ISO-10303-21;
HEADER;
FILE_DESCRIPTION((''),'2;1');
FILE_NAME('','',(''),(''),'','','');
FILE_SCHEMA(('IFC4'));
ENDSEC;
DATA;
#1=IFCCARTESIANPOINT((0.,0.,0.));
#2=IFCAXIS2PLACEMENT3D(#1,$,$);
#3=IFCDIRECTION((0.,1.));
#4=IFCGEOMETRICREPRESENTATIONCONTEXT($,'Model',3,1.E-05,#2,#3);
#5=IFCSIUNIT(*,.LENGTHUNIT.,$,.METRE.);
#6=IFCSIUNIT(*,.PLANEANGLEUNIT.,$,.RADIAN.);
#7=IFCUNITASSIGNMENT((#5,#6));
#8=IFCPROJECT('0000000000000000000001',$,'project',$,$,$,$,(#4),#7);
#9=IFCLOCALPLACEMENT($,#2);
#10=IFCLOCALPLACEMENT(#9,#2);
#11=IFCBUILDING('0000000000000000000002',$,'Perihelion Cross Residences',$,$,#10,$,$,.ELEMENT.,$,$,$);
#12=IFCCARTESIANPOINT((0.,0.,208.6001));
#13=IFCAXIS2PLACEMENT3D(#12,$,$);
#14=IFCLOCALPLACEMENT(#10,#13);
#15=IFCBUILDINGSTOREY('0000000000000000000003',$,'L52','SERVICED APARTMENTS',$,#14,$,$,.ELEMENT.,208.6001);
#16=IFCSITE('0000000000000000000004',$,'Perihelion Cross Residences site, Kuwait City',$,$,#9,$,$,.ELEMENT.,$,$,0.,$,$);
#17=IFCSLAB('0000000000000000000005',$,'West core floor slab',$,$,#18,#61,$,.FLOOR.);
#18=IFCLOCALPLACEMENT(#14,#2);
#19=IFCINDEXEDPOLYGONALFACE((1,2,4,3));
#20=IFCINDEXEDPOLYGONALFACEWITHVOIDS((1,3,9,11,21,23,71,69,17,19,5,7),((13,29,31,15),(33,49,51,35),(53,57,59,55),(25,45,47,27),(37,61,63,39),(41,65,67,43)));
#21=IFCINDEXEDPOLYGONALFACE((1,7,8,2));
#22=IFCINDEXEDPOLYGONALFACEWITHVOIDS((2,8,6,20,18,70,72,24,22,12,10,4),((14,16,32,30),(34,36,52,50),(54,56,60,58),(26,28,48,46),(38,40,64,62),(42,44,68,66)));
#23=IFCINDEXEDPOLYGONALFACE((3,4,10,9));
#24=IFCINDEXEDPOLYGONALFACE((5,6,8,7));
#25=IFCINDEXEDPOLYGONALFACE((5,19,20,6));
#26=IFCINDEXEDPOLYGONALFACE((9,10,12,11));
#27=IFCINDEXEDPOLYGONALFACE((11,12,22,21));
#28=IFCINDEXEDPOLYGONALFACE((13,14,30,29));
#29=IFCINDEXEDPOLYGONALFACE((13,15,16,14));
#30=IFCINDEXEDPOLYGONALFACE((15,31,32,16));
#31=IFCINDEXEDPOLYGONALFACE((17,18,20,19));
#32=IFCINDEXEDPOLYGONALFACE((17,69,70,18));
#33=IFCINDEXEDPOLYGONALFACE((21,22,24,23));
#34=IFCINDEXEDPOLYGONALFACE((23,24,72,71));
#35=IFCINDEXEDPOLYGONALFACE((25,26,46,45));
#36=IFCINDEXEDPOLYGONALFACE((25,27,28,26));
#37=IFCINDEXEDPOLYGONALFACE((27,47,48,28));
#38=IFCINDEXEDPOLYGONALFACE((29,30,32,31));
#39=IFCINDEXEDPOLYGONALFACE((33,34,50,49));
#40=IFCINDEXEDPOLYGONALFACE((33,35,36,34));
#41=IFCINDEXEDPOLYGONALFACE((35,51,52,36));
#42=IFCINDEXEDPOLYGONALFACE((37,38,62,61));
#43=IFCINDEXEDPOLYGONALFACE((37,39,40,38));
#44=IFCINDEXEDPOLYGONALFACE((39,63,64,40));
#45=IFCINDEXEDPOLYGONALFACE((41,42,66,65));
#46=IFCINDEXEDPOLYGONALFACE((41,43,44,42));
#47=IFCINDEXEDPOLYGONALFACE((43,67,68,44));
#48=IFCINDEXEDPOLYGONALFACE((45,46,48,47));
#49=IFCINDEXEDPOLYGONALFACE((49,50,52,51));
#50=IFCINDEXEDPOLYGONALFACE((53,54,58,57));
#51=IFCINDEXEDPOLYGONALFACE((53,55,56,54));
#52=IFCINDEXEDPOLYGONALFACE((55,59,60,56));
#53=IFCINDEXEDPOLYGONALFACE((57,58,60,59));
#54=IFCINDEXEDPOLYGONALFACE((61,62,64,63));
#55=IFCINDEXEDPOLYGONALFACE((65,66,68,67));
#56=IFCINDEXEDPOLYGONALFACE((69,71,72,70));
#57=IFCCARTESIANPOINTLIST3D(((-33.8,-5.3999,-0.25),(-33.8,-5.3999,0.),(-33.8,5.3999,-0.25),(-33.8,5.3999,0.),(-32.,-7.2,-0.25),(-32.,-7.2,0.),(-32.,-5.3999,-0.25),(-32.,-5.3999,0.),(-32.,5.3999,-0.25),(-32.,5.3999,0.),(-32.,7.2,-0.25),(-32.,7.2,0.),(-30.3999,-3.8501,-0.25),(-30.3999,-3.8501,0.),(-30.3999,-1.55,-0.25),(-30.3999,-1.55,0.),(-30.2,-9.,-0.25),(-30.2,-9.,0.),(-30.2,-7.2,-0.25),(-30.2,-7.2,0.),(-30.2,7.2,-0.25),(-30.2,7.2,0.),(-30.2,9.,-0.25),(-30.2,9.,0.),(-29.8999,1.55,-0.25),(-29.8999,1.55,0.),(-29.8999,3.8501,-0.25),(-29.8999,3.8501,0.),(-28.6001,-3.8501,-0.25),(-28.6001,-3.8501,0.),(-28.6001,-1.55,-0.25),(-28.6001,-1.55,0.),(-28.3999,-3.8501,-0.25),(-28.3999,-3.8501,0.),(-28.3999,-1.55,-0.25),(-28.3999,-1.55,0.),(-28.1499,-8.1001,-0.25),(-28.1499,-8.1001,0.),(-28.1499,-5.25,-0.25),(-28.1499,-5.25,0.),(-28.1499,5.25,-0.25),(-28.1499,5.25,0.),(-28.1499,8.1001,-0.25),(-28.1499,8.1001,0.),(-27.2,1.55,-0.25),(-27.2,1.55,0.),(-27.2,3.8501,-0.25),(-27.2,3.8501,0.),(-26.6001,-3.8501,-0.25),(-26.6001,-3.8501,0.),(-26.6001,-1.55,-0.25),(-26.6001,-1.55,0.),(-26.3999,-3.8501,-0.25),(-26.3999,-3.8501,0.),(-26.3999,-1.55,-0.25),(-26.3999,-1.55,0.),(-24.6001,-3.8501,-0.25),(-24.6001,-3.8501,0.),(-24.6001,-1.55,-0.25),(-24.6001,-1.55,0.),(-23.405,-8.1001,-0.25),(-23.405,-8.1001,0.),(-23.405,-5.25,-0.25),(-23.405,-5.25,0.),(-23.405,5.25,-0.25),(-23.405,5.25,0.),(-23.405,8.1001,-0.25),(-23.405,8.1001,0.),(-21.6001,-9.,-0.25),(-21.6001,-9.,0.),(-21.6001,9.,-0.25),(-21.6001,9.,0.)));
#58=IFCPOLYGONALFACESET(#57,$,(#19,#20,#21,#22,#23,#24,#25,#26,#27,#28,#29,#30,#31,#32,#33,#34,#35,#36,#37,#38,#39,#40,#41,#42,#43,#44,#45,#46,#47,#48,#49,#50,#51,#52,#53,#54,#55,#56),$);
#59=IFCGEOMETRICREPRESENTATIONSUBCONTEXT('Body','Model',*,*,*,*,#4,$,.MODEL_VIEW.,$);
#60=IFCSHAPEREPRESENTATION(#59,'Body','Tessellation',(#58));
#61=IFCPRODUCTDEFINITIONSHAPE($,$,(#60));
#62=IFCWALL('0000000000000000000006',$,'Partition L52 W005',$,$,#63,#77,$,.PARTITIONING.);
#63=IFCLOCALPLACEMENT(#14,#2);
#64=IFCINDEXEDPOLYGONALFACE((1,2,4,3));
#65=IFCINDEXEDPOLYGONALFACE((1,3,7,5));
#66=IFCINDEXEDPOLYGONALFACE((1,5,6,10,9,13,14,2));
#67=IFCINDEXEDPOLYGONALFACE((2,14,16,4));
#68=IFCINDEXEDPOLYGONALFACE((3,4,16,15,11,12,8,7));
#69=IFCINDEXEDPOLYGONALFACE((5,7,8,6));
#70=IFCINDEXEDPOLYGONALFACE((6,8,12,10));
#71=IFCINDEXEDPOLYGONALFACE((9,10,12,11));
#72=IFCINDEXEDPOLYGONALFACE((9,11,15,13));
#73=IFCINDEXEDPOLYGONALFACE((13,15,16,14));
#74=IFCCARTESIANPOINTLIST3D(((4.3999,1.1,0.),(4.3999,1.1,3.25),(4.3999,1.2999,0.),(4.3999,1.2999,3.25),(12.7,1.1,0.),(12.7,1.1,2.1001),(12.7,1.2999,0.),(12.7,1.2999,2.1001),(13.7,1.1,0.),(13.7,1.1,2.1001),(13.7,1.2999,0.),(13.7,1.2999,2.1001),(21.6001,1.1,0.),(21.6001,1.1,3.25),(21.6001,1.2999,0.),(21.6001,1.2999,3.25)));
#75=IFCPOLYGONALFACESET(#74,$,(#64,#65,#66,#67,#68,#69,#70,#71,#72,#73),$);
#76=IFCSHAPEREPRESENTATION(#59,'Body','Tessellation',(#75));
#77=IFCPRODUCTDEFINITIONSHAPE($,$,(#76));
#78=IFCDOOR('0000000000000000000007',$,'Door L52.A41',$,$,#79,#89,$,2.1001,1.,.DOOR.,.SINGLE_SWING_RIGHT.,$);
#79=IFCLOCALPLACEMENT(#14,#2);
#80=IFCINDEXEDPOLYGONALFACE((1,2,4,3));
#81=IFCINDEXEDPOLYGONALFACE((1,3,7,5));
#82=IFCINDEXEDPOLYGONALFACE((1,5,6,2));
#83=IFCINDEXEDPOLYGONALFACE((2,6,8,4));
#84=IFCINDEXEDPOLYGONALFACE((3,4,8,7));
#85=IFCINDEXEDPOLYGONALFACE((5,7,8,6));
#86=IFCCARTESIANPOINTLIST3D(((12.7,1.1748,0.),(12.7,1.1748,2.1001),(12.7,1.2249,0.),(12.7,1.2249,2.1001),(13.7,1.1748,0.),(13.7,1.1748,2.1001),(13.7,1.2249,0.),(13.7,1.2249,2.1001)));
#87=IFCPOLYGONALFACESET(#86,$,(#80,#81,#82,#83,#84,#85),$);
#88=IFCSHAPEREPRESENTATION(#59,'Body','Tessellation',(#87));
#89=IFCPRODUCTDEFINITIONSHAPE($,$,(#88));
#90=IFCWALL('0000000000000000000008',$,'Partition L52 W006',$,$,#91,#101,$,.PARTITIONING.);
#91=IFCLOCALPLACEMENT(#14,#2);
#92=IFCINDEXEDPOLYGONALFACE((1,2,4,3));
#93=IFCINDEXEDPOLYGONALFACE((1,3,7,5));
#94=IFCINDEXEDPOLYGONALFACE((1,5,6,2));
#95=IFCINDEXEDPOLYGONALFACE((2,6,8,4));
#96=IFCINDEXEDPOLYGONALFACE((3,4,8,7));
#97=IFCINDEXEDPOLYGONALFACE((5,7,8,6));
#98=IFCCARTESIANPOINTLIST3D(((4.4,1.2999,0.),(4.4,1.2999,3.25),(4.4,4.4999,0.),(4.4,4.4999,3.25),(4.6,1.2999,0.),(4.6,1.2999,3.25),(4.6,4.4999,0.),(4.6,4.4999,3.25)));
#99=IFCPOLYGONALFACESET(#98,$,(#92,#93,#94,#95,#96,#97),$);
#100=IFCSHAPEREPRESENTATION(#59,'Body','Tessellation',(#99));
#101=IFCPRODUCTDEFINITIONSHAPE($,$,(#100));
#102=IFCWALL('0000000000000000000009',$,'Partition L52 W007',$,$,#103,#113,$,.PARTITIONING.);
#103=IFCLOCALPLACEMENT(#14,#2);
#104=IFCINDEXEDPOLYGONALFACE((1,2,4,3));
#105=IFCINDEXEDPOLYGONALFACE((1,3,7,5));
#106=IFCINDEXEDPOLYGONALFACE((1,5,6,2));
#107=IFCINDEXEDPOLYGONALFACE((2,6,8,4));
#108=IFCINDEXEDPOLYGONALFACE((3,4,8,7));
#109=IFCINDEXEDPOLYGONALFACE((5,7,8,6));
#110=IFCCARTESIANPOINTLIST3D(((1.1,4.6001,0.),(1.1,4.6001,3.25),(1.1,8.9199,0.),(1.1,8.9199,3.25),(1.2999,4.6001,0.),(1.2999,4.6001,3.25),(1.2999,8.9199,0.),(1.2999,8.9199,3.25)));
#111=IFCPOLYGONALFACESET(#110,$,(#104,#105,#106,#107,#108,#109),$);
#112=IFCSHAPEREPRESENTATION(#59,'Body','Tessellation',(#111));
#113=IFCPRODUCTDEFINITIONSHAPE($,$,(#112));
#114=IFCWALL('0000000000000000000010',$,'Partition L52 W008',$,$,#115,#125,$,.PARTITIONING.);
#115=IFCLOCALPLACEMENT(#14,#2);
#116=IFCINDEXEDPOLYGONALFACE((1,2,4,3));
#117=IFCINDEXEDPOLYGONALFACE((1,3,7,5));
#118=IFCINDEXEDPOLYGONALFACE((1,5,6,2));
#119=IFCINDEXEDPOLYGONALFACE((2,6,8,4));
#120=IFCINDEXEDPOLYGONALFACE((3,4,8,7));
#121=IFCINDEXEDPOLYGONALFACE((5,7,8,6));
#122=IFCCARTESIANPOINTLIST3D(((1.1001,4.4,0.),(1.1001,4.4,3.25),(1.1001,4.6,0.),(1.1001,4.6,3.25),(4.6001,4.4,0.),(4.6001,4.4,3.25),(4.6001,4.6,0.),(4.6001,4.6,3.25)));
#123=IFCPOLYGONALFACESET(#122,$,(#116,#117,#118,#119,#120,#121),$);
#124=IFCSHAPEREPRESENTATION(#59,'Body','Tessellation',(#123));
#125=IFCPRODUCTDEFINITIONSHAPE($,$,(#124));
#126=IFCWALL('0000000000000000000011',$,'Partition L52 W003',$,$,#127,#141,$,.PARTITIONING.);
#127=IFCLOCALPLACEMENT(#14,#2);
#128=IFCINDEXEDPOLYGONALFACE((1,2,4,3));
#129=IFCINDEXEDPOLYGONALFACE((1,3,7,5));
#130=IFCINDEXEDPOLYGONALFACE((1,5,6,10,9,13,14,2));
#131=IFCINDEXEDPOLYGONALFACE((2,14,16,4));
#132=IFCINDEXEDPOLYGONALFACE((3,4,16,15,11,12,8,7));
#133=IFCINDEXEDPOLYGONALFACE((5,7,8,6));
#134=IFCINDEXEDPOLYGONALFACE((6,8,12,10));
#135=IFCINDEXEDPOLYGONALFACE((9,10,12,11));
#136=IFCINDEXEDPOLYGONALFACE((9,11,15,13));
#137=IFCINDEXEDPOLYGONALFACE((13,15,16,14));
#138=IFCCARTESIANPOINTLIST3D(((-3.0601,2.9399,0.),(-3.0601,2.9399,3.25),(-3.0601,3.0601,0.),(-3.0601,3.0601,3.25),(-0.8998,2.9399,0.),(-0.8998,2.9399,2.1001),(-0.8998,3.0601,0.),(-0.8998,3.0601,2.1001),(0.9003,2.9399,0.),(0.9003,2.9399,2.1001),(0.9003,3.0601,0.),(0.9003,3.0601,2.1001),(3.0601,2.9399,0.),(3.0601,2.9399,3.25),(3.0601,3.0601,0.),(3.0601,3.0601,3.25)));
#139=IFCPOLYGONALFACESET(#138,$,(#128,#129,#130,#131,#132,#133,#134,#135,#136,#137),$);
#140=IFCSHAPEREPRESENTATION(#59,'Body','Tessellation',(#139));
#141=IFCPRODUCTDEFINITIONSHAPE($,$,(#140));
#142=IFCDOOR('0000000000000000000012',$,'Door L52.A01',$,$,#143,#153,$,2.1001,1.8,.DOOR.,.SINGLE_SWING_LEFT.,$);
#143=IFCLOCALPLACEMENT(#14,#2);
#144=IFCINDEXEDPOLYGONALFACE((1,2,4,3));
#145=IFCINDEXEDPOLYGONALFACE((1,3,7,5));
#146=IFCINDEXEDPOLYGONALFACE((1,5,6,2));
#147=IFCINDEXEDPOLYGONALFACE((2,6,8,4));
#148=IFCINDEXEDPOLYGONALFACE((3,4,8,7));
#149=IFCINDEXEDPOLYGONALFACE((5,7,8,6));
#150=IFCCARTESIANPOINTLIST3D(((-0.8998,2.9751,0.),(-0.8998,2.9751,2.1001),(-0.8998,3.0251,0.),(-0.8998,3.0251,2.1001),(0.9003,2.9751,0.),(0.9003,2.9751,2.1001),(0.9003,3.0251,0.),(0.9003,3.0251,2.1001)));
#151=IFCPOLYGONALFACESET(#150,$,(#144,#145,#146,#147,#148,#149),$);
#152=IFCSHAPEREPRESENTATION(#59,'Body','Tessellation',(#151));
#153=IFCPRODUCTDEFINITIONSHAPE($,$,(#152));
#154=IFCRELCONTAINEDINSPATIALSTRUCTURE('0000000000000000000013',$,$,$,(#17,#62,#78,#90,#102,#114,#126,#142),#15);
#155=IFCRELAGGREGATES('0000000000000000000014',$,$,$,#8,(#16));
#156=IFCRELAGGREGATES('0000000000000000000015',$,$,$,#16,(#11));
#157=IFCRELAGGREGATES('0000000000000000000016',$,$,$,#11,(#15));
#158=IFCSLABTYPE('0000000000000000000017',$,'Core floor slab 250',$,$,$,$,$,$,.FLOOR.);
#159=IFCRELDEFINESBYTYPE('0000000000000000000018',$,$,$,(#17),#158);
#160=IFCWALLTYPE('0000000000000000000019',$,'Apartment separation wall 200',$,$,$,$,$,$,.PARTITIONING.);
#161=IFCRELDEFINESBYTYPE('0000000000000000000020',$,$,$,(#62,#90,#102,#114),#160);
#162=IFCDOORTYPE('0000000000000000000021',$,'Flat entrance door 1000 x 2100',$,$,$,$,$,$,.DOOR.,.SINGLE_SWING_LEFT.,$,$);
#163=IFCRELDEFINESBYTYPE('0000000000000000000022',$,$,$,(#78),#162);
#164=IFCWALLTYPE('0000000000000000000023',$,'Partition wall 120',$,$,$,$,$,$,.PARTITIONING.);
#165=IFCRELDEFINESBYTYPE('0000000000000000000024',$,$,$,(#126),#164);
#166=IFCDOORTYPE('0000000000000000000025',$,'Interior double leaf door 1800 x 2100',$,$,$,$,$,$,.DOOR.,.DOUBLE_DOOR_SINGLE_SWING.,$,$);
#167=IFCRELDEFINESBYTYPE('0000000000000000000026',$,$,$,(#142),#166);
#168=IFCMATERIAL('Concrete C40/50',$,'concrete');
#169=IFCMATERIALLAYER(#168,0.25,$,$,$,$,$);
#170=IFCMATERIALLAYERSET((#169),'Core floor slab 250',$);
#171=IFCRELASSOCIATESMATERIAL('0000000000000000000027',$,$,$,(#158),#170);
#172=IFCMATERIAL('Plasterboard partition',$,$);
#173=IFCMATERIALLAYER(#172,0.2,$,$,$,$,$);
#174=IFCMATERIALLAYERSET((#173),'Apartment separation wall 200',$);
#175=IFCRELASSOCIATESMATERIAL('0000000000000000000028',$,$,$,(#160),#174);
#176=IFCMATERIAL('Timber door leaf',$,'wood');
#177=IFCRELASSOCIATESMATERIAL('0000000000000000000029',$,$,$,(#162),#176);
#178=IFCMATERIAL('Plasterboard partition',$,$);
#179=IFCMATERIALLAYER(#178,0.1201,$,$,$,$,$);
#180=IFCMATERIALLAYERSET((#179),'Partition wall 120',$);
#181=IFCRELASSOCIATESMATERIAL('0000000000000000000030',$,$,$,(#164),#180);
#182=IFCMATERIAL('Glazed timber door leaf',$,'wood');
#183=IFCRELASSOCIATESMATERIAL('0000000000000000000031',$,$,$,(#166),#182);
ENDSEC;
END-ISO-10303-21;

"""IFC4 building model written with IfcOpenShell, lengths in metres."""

from ifc_helpers import new_model, si_unit, direction, frame, frame_2d, origin, place, context, subcontext, project, spatial, polyline, rectangle, outline, extrude, material, layer, layer_set, type_object, element, fill, save


model = new_model("IFC4")

# Units and contexts
model_context = context("Model", 3, precision=1e-05, world=origin(), true_north=direction((0.0, 1.0)))
body_context = subcontext(model_context, "Body", "Model", "MODEL_VIEW")
ifc_project = project(units=[si_unit("LENGTHUNIT", "METRE"), si_unit("PLANEANGLEUNIT", "RADIAN")], contexts=[model_context])

# Site, building, storey
site_placement = place(None, origin())
site = spatial("IfcSite", under=ifc_project, at=site_placement, Name="Perihelion Cross Residences site, Kuwait City", CompositionType="ELEMENT", RefElevation=0.0)
building_placement = place(site_placement, origin())
building = spatial("IfcBuilding", under=site, at=building_placement, Name="Perihelion Cross Residences", CompositionType="ELEMENT")
storey_placement = place(building_placement, frame((0.0, 0.0, 208.6001)))
storey = spatial("IfcBuildingStorey", under=building, at=storey_placement, Name="L52", Description="SERVICED APARTMENTS", CompositionType="ELEMENT", Elevation=208.6001)

# Slab
ifc_material_1 = material(Name="Concrete C40/50", Category="concrete")
ifc_layer_1 = layer(ifc_material_1, 0.25)
ifc_layer_set_1 = layer_set([ifc_layer_1], Name="Core floor slab 250")
slab_type = type_object("IfcSlabType", Name="Core floor slab 250", PredefinedType="FLOOR", material=ifc_layer_set_1)
slab_1_placement = place(storey_placement, frame((0.0, 0.0, -0.25)))
element("IfcSlab", 1, at=slab_1_placement, inside=storey, type_object=slab_type, Name="West core floor slab", PredefinedType="FLOOR", context=body_context, shape_type="SweptSolid", body=[
    extrude(outline(polyline([(-30.2, 7.2), (-32.0, 7.2), (-32.0, 5.3999), (-33.8, 5.3999), (-33.8, -5.3999), (-32.0, -5.3999), (-32.0, -7.2), (-30.2, -7.2), (-30.2, -9.0), (-21.6001, -9.0), (-21.6001, 9.0), (-30.2, 9.0), (-30.2, 7.2)]), holes=[polyline([(-28.1499, -8.1001), (-28.1499, -5.25), (-23.405, -5.25), (-23.405, -8.1001), (-28.1499, -8.1001)]), polyline([(-24.6001, -1.55), (-24.6001, -3.8501), (-26.3999, -3.8501), (-26.3999, -1.55), (-24.6001, -1.55)]), polyline([(-26.6001, -1.55), (-26.6001, -3.8501), (-28.3999, -3.8501), (-28.3999, -1.55), (-26.6001, -1.55)]), polyline([(-28.6001, -3.8501), (-30.3999, -3.8501), (-30.3999, -1.55), (-28.6001, -1.55), (-28.6001, -3.8501)]), polyline([(-27.2, 3.8501), (-27.2, 1.55), (-29.8999, 1.55), (-29.8999, 3.8501), (-27.2, 3.8501)]), polyline([(-23.405, 5.25), (-28.1499, 5.25), (-28.1499, 8.1001), (-23.405, 8.1001), (-23.405, 5.25)])]), origin(), (0.0, 0.0, 1.0), 0.25),
])

# Wall, opening, door
ifc_material_2 = material(Name="Plasterboard partition")
ifc_layer_2 = layer(ifc_material_2, 0.2)
ifc_layer_set_2 = layer_set([ifc_layer_2], Name="Apartment separation wall 200")
wall_type_1 = type_object("IfcWallType", Name="Apartment separation wall 200", PredefinedType="PARTITIONING", material=ifc_layer_set_2)
wall_1_placement = place(storey_placement, frame((4.3999, 1.2, 0.0), z_axis=(0.0, 0.0, 1.0), x_axis=(1.0, 0.0, 0.0)))
wall_1 = element("IfcWall", 2, at=wall_1_placement, inside=storey, type_object=wall_type_1, Name="Partition L52 W005", PredefinedType="PARTITIONING", context=body_context, shape_type="SweptSolid", body=[
    extrude(rectangle(XDim=17.2002, YDim=0.2, at=frame_2d((8.6001, 0.0))), origin(), (0.0, 0.0, 1.0), 3.25),
])
opening_1_placement = place(wall_1_placement, frame((8.3, 0.0, 0.0)))
opening_1 = element("IfcOpeningElement", 3, at=opening_1_placement, cuts=wall_1, PredefinedType="OPENING", context=body_context, shape_type="SweptSolid", body=[
    extrude(rectangle(XDim=1.0, YDim=2.1001, at=frame_2d((0.5, 1.05))), frame((0.0, 0.1099, 0.0), z_axis=(0.0, -1.0, 0.0), x_axis=(1.0, 0.0, 0.0)), (0.0, 0.0, 1.0), 0.22),
])
ifc_material_3 = material(Name="Timber door leaf", Category="wood")
door_type_1 = type_object("IfcDoorType", Name="Flat entrance door 1000 x 2100", OperationType="SINGLE_SWING_LEFT", PredefinedType="DOOR", material=ifc_material_3)
door_1_placement = place(opening_1_placement, origin())
door_1 = element("IfcDoor", 4, at=door_1_placement, inside=storey, type_object=door_type_1, Name="Door L52.A41", OperationType="SINGLE_SWING_RIGHT", OverallHeight=2.1001, OverallWidth=1.0, PredefinedType="DOOR", context=body_context, shape_type="SweptSolid", body=[
    extrude(rectangle(XDim=1.0, YDim=2.1001, at=frame_2d((0.5, 1.05))), frame((0.0, 0.0249, 0.0), z_axis=(0.0, -1.0, 0.0), x_axis=(1.0, 0.0, 0.0)), (0.0, 0.0, 1.0), 0.05),
])
fill(opening_1, door_1)

# Walls
wall_2_placement = place(storey_placement, frame((4.5, 4.5, 0.0), z_axis=(0.0, 0.0, 1.0), x_axis=(0.0, -1.0, 0.0)))
element("IfcWall", 5, at=wall_2_placement, inside=storey, type_object=wall_type_1, Name="Partition L52 W006", PredefinedType="PARTITIONING", context=body_context, shape_type="SweptSolid", body=[
    extrude(rectangle(XDim=3.2, YDim=0.2, at=frame_2d((1.6001, 0.0))), origin(), (0.0, 0.0, 1.0), 3.25),
])
wall_3_placement = place(storey_placement, frame((1.2, 8.9199, 0.0), z_axis=(0.0, 0.0, 1.0), x_axis=(0.0, -1.0, 0.0)))
element("IfcWall", 6, at=wall_3_placement, inside=storey, type_object=wall_type_1, Name="Partition L52 W007", PredefinedType="PARTITIONING", context=body_context, shape_type="SweptSolid", body=[
    extrude(rectangle(XDim=4.3198, YDim=0.2, at=frame_2d((2.1599, 0.0))), origin(), (0.0, 0.0, 1.0), 3.25),
])
wall_4_placement = place(storey_placement, frame((1.1001, 4.5, 0.0), z_axis=(0.0, 0.0, 1.0), x_axis=(1.0, 0.0, 0.0)))
element("IfcWall", 7, at=wall_4_placement, inside=storey, type_object=wall_type_1, Name="Partition L52 W008", PredefinedType="PARTITIONING", context=body_context, shape_type="SweptSolid", body=[
    extrude(rectangle(XDim=3.5, YDim=0.2, at=frame_2d((1.75, 0.0))), origin(), (0.0, 0.0, 1.0), 3.25),
])

# Wall, opening, door
ifc_material_4 = material(Name="Plasterboard partition")
ifc_layer_3 = layer(ifc_material_4, 0.1201)
ifc_layer_set_3 = layer_set([ifc_layer_3], Name="Partition wall 120")
wall_type_2 = type_object("IfcWallType", Name="Partition wall 120", PredefinedType="PARTITIONING", material=ifc_layer_set_3)
wall_5_placement = place(storey_placement, frame((3.0601, 3.0, 0.0), z_axis=(0.0, 0.0, 1.0), x_axis=(-1.0, 0.0, 0.0)))
wall_5 = element("IfcWall", 8, at=wall_5_placement, inside=storey, type_object=wall_type_2, Name="Partition L52 W003", PredefinedType="PARTITIONING", context=body_context, shape_type="SweptSolid", body=[
    extrude(rectangle(XDim=6.1201, YDim=0.1201, at=frame_2d((3.0601, 0.0))), origin(), (0.0, 0.0, 1.0), 3.25),
])
opening_2_placement = place(wall_5_placement, frame((2.1599, 0.0, 0.0)))
opening_2 = element("IfcOpeningElement", 9, at=opening_2_placement, cuts=wall_5, PredefinedType="OPENING", context=body_context, shape_type="SweptSolid", body=[
    extrude(rectangle(XDim=1.8, YDim=2.1001, at=frame_2d((0.8999, 1.05))), frame((0.0, 0.0701, 0.0), z_axis=(0.0, -1.0, 0.0), x_axis=(1.0, 0.0, 0.0)), (0.0, 0.0, 1.0), 0.1401),
])
ifc_material_5 = material(Name="Glazed timber door leaf", Category="wood")
door_type_2 = type_object("IfcDoorType", Name="Interior double leaf door 1800 x 2100", OperationType="DOUBLE_DOOR_SINGLE_SWING", PredefinedType="DOOR", material=ifc_material_5)
door_2_placement = place(opening_2_placement, origin())
door_2 = element("IfcDoor", 10, at=door_2_placement, inside=storey, type_object=door_type_2, Name="Door L52.A01", OperationType="SINGLE_SWING_LEFT", OverallHeight=2.1001, OverallWidth=1.8, PredefinedType="DOOR", context=body_context, shape_type="SweptSolid", body=[
    extrude(rectangle(XDim=1.8, YDim=2.1001, at=frame_2d((0.8999, 1.05))), frame((0.0, 0.0249, 0.0), z_axis=(0.0, -1.0, 0.0), x_axis=(1.0, 0.0, 0.0)), (0.0, 0.0, 1.0), 0.05),
])
fill(opening_2, door_2)

save(model, "model.ifc")
